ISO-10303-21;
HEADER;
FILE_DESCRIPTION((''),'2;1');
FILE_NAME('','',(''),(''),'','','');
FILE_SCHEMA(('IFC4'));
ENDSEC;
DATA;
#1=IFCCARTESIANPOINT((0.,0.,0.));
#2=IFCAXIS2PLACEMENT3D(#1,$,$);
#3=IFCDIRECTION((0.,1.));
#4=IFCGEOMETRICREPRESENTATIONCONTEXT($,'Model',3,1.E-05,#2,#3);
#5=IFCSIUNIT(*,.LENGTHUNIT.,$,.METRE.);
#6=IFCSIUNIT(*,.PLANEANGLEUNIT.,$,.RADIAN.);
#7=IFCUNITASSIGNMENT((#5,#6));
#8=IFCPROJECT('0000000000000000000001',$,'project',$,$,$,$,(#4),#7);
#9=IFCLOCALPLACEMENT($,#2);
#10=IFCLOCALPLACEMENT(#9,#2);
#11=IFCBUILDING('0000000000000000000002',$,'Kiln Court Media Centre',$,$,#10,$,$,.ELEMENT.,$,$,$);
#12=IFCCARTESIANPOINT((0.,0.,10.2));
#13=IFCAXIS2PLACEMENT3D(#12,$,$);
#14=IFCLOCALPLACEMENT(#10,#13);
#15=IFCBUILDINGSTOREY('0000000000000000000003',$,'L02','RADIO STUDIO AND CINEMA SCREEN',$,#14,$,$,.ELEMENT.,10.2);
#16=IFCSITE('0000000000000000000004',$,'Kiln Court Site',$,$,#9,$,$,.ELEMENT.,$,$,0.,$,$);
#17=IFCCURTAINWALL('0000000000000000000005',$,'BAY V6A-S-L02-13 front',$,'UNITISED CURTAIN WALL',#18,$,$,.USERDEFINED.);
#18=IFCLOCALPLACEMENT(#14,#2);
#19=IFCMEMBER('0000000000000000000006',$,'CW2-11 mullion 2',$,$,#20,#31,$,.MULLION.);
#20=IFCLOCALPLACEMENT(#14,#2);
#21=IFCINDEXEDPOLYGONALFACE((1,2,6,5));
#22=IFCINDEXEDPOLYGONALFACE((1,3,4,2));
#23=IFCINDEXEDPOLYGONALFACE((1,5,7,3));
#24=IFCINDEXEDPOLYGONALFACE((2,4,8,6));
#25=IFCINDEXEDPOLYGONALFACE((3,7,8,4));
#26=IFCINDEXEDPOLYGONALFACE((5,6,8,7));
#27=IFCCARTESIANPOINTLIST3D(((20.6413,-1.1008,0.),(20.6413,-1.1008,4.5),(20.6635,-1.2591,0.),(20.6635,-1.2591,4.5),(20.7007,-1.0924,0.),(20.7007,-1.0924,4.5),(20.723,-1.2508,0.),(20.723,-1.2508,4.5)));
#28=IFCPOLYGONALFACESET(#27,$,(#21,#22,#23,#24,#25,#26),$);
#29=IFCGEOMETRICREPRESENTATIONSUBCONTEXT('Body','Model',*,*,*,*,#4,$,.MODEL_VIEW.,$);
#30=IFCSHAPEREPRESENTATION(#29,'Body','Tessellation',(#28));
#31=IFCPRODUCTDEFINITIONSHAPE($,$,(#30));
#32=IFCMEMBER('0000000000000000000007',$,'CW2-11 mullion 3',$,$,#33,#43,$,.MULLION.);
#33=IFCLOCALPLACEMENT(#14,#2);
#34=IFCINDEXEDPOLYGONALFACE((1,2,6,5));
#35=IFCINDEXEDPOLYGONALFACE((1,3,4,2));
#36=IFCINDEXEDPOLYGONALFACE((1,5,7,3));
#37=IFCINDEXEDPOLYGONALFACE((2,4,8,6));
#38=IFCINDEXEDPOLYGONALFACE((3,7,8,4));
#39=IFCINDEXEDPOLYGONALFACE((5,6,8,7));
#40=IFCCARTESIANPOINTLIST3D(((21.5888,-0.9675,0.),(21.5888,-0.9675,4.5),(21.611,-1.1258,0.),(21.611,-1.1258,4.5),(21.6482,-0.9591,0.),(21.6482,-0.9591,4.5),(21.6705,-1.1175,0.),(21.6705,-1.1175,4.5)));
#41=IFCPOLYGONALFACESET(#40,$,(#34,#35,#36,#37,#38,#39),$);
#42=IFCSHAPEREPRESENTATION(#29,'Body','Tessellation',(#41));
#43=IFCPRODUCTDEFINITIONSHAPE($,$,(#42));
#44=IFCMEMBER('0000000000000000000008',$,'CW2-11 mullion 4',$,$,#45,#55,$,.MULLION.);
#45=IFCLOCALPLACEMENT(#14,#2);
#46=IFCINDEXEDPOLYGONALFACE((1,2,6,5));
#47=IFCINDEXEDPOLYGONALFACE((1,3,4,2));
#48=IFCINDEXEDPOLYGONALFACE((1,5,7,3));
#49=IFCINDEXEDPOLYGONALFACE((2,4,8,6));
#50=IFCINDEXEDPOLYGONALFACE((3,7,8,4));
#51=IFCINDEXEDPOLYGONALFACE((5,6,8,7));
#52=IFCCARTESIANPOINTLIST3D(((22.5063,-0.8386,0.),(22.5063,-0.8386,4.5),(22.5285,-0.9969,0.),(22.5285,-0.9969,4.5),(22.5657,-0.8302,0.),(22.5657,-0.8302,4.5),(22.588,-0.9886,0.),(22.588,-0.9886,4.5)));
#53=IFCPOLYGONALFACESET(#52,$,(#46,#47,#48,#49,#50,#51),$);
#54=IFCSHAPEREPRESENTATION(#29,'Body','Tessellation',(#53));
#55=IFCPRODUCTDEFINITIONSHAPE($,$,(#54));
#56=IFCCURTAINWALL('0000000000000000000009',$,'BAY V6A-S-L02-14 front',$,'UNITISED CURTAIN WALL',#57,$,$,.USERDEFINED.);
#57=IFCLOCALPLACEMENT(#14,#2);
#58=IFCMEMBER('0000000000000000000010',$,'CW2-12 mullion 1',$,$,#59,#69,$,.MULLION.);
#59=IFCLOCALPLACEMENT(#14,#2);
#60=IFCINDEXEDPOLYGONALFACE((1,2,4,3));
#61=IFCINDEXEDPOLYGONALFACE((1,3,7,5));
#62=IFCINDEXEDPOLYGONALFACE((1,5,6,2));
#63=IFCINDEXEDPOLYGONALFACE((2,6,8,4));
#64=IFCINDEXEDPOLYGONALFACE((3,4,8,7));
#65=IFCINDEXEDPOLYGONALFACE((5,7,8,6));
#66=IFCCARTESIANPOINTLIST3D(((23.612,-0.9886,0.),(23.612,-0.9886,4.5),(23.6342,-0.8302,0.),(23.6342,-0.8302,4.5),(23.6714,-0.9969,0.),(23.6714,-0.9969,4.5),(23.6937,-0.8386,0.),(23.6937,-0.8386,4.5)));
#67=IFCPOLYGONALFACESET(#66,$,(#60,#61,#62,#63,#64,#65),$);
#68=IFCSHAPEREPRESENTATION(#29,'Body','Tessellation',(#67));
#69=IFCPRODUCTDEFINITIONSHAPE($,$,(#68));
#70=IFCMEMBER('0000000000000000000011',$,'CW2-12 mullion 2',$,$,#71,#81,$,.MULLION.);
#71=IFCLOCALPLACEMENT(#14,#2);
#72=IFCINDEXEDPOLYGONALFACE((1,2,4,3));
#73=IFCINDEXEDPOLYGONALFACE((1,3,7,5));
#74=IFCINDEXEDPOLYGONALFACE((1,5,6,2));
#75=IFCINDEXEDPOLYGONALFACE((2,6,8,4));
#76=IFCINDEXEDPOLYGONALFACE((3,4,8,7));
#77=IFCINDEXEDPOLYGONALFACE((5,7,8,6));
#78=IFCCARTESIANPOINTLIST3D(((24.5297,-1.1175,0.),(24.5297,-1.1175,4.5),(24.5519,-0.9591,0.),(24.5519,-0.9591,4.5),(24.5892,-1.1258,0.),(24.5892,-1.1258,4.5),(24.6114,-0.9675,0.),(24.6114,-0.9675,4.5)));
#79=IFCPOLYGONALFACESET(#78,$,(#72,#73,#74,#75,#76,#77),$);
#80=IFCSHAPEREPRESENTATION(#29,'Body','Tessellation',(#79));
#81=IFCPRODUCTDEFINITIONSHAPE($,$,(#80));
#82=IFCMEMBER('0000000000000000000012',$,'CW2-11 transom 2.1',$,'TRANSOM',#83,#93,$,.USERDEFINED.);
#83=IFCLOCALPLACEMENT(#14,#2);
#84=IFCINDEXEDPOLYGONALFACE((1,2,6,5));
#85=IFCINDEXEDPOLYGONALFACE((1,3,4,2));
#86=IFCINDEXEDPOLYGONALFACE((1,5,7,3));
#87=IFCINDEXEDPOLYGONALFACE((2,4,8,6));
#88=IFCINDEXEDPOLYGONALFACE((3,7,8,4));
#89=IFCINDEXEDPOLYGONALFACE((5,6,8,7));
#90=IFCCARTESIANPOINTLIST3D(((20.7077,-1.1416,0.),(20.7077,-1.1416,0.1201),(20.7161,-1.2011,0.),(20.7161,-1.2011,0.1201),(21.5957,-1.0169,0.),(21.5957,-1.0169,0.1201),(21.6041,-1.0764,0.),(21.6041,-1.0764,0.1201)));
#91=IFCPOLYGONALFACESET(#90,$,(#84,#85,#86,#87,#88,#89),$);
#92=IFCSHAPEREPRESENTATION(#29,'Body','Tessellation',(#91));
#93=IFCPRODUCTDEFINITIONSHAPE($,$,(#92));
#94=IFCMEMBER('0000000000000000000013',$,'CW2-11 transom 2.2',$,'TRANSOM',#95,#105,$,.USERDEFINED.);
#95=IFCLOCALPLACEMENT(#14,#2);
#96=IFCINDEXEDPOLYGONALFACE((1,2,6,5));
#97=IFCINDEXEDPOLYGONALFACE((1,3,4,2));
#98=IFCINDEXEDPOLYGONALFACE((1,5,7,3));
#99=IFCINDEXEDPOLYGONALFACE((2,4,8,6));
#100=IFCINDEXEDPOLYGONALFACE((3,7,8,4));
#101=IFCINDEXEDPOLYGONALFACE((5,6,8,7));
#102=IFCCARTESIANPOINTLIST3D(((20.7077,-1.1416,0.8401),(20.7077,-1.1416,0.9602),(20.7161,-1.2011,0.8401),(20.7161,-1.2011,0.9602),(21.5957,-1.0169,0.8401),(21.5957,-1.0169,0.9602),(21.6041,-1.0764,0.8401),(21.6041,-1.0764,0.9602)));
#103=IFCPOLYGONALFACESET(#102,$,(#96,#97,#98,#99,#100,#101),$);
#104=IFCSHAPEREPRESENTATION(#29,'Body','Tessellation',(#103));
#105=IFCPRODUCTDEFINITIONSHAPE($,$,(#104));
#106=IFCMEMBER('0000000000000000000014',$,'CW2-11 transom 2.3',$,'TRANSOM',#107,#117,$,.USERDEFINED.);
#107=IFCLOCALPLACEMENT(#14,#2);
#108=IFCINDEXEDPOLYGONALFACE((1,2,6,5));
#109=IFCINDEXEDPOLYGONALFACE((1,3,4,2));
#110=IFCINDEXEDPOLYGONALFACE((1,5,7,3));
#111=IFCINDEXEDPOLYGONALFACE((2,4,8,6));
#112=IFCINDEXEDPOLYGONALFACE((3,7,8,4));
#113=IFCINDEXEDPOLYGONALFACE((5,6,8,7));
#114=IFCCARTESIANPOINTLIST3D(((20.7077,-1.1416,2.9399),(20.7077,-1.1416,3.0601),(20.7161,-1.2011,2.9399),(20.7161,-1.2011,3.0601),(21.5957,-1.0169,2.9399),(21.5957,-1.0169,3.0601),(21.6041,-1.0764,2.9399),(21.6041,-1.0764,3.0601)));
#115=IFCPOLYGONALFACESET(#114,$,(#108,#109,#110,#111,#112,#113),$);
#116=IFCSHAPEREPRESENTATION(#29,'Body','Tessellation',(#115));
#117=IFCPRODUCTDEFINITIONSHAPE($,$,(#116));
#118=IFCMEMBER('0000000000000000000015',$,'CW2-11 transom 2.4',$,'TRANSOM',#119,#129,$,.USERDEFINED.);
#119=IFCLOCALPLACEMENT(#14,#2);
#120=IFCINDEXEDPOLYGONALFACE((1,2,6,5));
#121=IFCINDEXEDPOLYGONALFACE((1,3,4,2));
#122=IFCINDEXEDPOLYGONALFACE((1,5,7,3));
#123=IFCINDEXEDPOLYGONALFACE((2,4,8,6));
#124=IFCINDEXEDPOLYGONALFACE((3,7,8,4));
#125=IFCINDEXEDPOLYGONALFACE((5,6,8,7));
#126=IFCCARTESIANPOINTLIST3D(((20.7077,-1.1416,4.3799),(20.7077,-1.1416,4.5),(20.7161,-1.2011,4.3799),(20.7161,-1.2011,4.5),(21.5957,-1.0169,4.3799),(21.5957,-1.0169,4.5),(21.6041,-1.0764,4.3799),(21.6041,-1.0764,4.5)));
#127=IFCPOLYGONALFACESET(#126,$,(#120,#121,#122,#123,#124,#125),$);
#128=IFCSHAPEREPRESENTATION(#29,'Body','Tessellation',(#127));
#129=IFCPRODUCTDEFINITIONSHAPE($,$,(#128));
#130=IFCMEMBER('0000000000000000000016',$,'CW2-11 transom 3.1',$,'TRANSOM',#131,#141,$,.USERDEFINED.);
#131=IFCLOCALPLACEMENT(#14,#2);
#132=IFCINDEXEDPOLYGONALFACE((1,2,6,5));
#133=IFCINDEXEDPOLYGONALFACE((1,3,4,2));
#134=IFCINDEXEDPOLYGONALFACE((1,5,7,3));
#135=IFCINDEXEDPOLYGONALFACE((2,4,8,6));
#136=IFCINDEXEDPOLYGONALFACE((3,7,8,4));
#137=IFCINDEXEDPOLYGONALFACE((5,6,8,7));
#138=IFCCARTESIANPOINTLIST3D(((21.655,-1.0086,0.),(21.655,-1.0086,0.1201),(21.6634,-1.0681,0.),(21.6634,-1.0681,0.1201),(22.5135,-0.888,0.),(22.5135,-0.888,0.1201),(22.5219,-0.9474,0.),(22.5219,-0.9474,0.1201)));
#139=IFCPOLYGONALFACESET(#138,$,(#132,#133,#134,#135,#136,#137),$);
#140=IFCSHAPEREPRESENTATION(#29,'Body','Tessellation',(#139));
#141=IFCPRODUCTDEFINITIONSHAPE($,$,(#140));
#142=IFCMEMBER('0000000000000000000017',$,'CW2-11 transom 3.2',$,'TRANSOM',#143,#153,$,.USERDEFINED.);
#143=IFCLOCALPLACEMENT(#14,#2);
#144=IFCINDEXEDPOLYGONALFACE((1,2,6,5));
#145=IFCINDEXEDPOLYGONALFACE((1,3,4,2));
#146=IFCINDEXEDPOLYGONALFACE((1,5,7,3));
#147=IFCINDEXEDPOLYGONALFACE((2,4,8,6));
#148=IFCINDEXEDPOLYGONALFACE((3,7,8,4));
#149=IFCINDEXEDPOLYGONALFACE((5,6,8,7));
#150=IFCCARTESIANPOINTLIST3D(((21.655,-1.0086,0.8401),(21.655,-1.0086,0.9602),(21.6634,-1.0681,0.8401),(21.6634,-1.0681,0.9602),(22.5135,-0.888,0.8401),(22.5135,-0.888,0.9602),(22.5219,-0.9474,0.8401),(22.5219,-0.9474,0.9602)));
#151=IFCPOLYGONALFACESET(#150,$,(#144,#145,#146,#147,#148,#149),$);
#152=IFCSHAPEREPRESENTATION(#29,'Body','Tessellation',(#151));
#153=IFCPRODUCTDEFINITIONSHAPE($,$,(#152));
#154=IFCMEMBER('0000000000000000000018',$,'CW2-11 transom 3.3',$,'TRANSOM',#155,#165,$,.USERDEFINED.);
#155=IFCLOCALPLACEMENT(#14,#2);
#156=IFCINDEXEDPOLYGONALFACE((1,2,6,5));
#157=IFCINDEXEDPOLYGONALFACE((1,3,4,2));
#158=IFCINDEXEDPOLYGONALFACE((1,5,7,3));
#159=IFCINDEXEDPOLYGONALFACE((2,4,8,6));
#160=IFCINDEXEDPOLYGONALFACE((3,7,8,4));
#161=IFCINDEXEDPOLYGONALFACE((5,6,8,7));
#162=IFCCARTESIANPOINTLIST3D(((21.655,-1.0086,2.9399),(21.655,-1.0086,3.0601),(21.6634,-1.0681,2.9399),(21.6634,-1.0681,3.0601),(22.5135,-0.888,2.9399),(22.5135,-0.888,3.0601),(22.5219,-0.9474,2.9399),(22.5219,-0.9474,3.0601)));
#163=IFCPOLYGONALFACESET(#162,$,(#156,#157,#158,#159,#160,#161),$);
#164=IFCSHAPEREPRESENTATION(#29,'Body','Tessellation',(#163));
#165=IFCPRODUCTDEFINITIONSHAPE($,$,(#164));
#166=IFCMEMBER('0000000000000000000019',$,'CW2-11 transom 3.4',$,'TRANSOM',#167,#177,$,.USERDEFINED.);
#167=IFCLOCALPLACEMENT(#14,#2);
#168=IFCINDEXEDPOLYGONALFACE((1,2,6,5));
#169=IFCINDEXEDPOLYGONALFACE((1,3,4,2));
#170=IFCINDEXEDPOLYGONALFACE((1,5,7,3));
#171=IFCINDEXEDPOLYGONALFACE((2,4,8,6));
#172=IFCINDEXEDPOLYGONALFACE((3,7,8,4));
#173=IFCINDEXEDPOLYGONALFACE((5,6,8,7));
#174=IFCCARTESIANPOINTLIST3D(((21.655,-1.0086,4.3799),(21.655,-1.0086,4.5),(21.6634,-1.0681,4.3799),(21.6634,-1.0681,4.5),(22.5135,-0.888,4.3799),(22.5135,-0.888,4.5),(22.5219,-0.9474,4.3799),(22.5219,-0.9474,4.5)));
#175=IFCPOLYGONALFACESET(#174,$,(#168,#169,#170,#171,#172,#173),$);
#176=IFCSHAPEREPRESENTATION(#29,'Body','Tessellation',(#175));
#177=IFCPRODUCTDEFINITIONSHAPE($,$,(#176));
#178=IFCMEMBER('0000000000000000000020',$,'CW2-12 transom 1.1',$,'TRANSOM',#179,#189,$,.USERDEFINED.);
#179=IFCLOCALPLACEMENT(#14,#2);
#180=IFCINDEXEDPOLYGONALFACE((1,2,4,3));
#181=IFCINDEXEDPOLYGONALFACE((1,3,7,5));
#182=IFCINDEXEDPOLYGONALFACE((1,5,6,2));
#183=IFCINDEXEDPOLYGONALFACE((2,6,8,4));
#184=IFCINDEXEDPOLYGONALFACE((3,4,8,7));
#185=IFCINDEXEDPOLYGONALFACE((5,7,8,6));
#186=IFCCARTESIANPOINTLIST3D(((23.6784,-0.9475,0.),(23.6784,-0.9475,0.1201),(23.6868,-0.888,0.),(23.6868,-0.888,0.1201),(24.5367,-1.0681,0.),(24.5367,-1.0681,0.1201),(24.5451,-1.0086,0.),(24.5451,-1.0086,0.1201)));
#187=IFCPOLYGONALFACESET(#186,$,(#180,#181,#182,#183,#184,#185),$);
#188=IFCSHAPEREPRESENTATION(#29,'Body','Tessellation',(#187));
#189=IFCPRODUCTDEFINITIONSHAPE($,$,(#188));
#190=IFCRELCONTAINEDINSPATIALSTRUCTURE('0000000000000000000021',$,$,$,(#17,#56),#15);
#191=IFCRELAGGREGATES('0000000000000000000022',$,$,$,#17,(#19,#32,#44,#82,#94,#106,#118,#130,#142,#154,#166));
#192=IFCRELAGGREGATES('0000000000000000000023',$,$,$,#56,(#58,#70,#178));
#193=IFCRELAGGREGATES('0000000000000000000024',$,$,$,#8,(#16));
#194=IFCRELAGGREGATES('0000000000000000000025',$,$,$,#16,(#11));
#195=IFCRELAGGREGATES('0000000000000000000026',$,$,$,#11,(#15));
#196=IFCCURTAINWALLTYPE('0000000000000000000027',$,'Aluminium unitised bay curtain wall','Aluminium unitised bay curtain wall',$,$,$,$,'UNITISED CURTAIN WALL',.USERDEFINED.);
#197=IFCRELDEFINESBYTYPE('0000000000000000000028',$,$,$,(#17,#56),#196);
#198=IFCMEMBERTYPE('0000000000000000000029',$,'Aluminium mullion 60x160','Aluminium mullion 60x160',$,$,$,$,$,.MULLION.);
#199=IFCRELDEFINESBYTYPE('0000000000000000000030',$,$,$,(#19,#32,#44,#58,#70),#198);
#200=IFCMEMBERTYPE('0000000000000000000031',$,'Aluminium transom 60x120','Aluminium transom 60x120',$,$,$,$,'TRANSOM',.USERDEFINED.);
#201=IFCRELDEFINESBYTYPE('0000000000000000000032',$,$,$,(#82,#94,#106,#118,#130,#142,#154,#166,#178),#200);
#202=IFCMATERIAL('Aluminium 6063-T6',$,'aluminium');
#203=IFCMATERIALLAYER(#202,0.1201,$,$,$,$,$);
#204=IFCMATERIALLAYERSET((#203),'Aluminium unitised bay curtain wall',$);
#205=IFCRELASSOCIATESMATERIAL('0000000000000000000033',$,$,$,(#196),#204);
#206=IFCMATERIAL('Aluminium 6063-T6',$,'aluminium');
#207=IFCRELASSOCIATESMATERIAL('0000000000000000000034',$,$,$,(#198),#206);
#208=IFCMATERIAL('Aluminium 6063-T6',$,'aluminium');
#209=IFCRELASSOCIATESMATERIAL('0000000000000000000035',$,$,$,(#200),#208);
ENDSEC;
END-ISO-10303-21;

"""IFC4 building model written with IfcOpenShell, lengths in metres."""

from ifc_helpers import new_model, si_unit, direction, frame, origin, origin_2d, place, context, subcontext, project, spatial, rectangle, extrude, material, layer, layer_set, material_profile, profile_set, type_object, element, aggregate, save


model = new_model("IFC4")

# Units and contexts
model_context = context("Model", 3, precision=1e-05, world=origin(), true_north=direction((0.0, 1.0)))
body_context = subcontext(model_context, "Body", "Model", "MODEL_VIEW")
ifc_project = project(units=[si_unit("LENGTHUNIT", "METRE"), si_unit("PLANEANGLEUNIT", "RADIAN")], contexts=[model_context])

# Site, building, storey
site_placement = place(None, origin())
site = spatial("IfcSite", under=ifc_project, at=site_placement, Name="Kiln Court Site", CompositionType="ELEMENT", RefElevation=0.0)
building_placement = place(site_placement, origin())
building = spatial("IfcBuilding", under=site, at=building_placement, Name="Kiln Court Media Centre", CompositionType="ELEMENT")
storey_placement = place(building_placement, frame((0.0, 0.0, 10.2)))
storey = spatial("IfcBuildingStorey", under=building, at=storey_placement, Name="L02", Description="RADIO STUDIO AND CINEMA SCREEN", CompositionType="ELEMENT", Elevation=10.2)

# Curtain walls, members
ifc_material_1 = material(Name="Aluminium 6063-T6", Category="aluminium")
ifc_layer_1 = layer(ifc_material_1, 0.1201)
ifc_layer_set_1 = layer_set([ifc_layer_1], Name="Aluminium unitised bay curtain wall")
curtain_wall_type = type_object("IfcCurtainWallType", Name="Aluminium unitised bay curtain wall", Description="Aluminium unitised bay curtain wall", ElementType="UNITISED CURTAIN WALL", PredefinedType="USERDEFINED", material=ifc_layer_set_1)
curtain_wall_1_placement = place(storey_placement, origin())
curtain_wall_1 = element("IfcCurtainWall", 1, at=curtain_wall_1_placement, inside=storey, type_object=curtain_wall_type, Name="BAY V6A-S-L02-13 front", ObjectType="UNITISED CURTAIN WALL", PredefinedType="USERDEFINED")
ifc_material_2 = material(Name="Aluminium 6063-T6", Category="aluminium")
ifc_material_profile_1 = material_profile(ifc_material_2, rectangle(XDim=0.0601, YDim=0.1599, at=origin_2d()), Name="Aluminium mullion 60x160")
ifc_profile_set_1 = profile_set([ifc_material_profile_1], Name="Aluminium 6063-T6")
member_type_1 = type_object("IfcMemberType", Name="Aluminium mullion 60x160", Description="Aluminium mullion 60x160", PredefinedType="MULLION", material=ifc_profile_set_1)
member_1_placement = place(storey_placement, frame((20.6821, -1.1758, 0.0), z_axis=(0.0, 0.0, 1.0), x_axis=(0.99027, 0.139162, 0.0)))
member_1 = element("IfcMember", 2, at=member_1_placement, type_object=member_type_1, Name="CW2-11 mullion 2", PredefinedType="MULLION", context=body_context, shape_type="SweptSolid", body=[
    extrude(rectangle(XDim=0.0601, YDim=0.1599, at=origin_2d()), origin(), (0.0, 0.0, 1.0), 4.5),
])
member_2_placement = place(storey_placement, frame((21.6296, -1.0425, 0.0), z_axis=(0.0, 0.0, 1.0), x_axis=(0.99027, 0.139162, 0.0)))
member_2 = element("IfcMember", 3, at=member_2_placement, type_object=member_type_1, Name="CW2-11 mullion 3", PredefinedType="MULLION", context=body_context, shape_type="SweptSolid", body=[
    extrude(rectangle(XDim=0.0601, YDim=0.1599, at=origin_2d()), origin(), (0.0, 0.0, 1.0), 4.5),
])
member_3_placement = place(storey_placement, frame((22.5471, -0.9136, 0.0), z_axis=(0.0, 0.0, 1.0), x_axis=(0.99027, 0.139162, 0.0)))
member_3 = element("IfcMember", 4, at=member_3_placement, type_object=member_type_1, Name="CW2-11 mullion 4", PredefinedType="MULLION", context=body_context, shape_type="SweptSolid", body=[
    extrude(rectangle(XDim=0.0601, YDim=0.1599, at=origin_2d()), origin(), (0.0, 0.0, 1.0), 4.5),
])
curtain_wall_2_placement = place(storey_placement, origin())
curtain_wall_2 = element("IfcCurtainWall", 5, at=curtain_wall_2_placement, inside=storey, type_object=curtain_wall_type, Name="BAY V6A-S-L02-14 front", ObjectType="UNITISED CURTAIN WALL", PredefinedType="USERDEFINED")
member_4_placement = place(storey_placement, frame((23.6528, -0.9136, 0.0), z_axis=(0.0, 0.0, 1.0), x_axis=(0.99027, -0.139162, 0.0)))
member_4 = element("IfcMember", 6, at=member_4_placement, type_object=member_type_1, Name="CW2-12 mullion 1", PredefinedType="MULLION", context=body_context, shape_type="SweptSolid", body=[
    extrude(rectangle(XDim=0.0601, YDim=0.1599, at=origin_2d()), origin(), (0.0, 0.0, 1.0), 4.5),
])
member_5_placement = place(storey_placement, frame((24.5706, -1.0425, 0.0), z_axis=(0.0, 0.0, 1.0), x_axis=(0.99027, -0.139162, 0.0)))
member_5 = element("IfcMember", 7, at=member_5_placement, type_object=member_type_1, Name="CW2-12 mullion 2", PredefinedType="MULLION", context=body_context, shape_type="SweptSolid", body=[
    extrude(rectangle(XDim=0.0601, YDim=0.1599, at=origin_2d()), origin(), (0.0, 0.0, 1.0), 4.5),
])

# Members
ifc_material_3 = material(Name="Aluminium 6063-T6", Category="aluminium")
ifc_material_profile_2 = material_profile(ifc_material_3, rectangle(XDim=0.0601, YDim=0.1201, at=origin_2d()), Name="Aluminium transom 60x120")
ifc_profile_set_2 = profile_set([ifc_material_profile_2], Name="Aluminium 6063-T6")
member_type_2 = type_object("IfcMemberType", Name="Aluminium transom 60x120", Description="Aluminium transom 60x120", ElementType="TRANSOM", PredefinedType="USERDEFINED", material=ifc_profile_set_2)
member_6_placement = place(storey_placement, frame((20.7119, -1.1714, 0.0601), z_axis=(0.990274, 0.139134, 0.0), x_axis=(-0.139134, 0.990274, 0.0)))
member_6 = element("IfcMember", 8, at=member_6_placement, type_object=member_type_2, Name="CW2-11 transom 2.1", ObjectType="TRANSOM", PredefinedType="USERDEFINED", context=body_context, shape_type="SweptSolid", body=[
    extrude(rectangle(XDim=0.0601, YDim=0.1201, at=origin_2d()), origin(), (0.0, 0.0, 1.0), 0.8967),
])
member_7_placement = place(storey_placement, frame((20.7119, -1.1714, 0.9001), z_axis=(0.990274, 0.139134, 0.0), x_axis=(-0.139134, 0.990274, 0.0)))
member_7 = element("IfcMember", 9, at=member_7_placement, type_object=member_type_2, Name="CW2-11 transom 2.2", ObjectType="TRANSOM", PredefinedType="USERDEFINED", context=body_context, shape_type="SweptSolid", body=[
    extrude(rectangle(XDim=0.0601, YDim=0.1201, at=origin_2d()), origin(), (0.0, 0.0, 1.0), 0.8967),
])
member_8_placement = place(storey_placement, frame((20.7119, -1.1714, 3.0), z_axis=(0.990274, 0.139134, 0.0), x_axis=(-0.139134, 0.990274, 0.0)))
member_8 = element("IfcMember", 10, at=member_8_placement, type_object=member_type_2, Name="CW2-11 transom 2.3", ObjectType="TRANSOM", PredefinedType="USERDEFINED", context=body_context, shape_type="SweptSolid", body=[
    extrude(rectangle(XDim=0.0601, YDim=0.1201, at=origin_2d()), origin(), (0.0, 0.0, 1.0), 0.8967),
])
member_9_placement = place(storey_placement, frame((20.7119, -1.1714, 4.4399), z_axis=(0.990274, 0.139134, 0.0), x_axis=(-0.139134, 0.990274, 0.0)))
member_9 = element("IfcMember", 11, at=member_9_placement, type_object=member_type_2, Name="CW2-11 transom 2.4", ObjectType="TRANSOM", PredefinedType="USERDEFINED", context=body_context, shape_type="SweptSolid", body=[
    extrude(rectangle(XDim=0.0601, YDim=0.1201, at=origin_2d()), origin(), (0.0, 0.0, 1.0), 0.8967),
])
member_10_placement = place(storey_placement, frame((21.6592, -1.0383, 0.0601), z_axis=(0.990274, 0.139134, 0.0), x_axis=(-0.139134, 0.990274, 0.0)))
member_10 = element("IfcMember", 12, at=member_10_placement, type_object=member_type_2, Name="CW2-11 transom 3.1", ObjectType="TRANSOM", PredefinedType="USERDEFINED", context=body_context, shape_type="SweptSolid", body=[
    extrude(rectangle(XDim=0.0601, YDim=0.1201, at=origin_2d()), origin(), (0.0, 0.0, 1.0), 0.8669),
])
member_11_placement = place(storey_placement, frame((21.6592, -1.0383, 0.9001), z_axis=(0.990274, 0.139134, 0.0), x_axis=(-0.139134, 0.990274, 0.0)))
member_11 = element("IfcMember", 13, at=member_11_placement, type_object=member_type_2, Name="CW2-11 transom 3.2", ObjectType="TRANSOM", PredefinedType="USERDEFINED", context=body_context, shape_type="SweptSolid", body=[
    extrude(rectangle(XDim=0.0601, YDim=0.1201, at=origin_2d()), origin(), (0.0, 0.0, 1.0), 0.8669),
])
member_12_placement = place(storey_placement, frame((21.6592, -1.0383, 3.0), z_axis=(0.990274, 0.139134, 0.0), x_axis=(-0.139134, 0.990274, 0.0)))
member_12 = element("IfcMember", 14, at=member_12_placement, type_object=member_type_2, Name="CW2-11 transom 3.3", ObjectType="TRANSOM", PredefinedType="USERDEFINED", context=body_context, shape_type="SweptSolid", body=[
    extrude(rectangle(XDim=0.0601, YDim=0.1201, at=origin_2d()), origin(), (0.0, 0.0, 1.0), 0.8669),
])
member_13_placement = place(storey_placement, frame((21.6592, -1.0383, 4.4399), z_axis=(0.990274, 0.139134, 0.0), x_axis=(-0.139134, 0.990274, 0.0)))
member_13 = element("IfcMember", 15, at=member_13_placement, type_object=member_type_2, Name="CW2-11 transom 3.4", ObjectType="TRANSOM", PredefinedType="USERDEFINED", context=body_context, shape_type="SweptSolid", body=[
    extrude(rectangle(XDim=0.0601, YDim=0.1201, at=origin_2d()), origin(), (0.0, 0.0, 1.0), 0.8669),
])
member_14_placement = place(storey_placement, frame((23.6826, -0.9177, 0.0601), z_axis=(0.990268, -0.139173, 0.0), x_axis=(0.139173, 0.990268, 0.0)))
member_14 = element("IfcMember", 16, at=member_14_placement, type_object=member_type_2, Name="CW2-12 transom 1.1", ObjectType="TRANSOM", PredefinedType="USERDEFINED", context=body_context, shape_type="SweptSolid", body=[
    extrude(rectangle(XDim=0.0601, YDim=0.1201, at=origin_2d()), origin(), (0.0, 0.0, 1.0), 0.8667),
])

aggregate(curtain_wall_1, [member_1, member_2, member_3, member_6, member_7, member_8, member_9, member_10, member_11, member_12, member_13])
aggregate(curtain_wall_2, [member_4, member_5, member_14])

save(model, "model.ifc")
